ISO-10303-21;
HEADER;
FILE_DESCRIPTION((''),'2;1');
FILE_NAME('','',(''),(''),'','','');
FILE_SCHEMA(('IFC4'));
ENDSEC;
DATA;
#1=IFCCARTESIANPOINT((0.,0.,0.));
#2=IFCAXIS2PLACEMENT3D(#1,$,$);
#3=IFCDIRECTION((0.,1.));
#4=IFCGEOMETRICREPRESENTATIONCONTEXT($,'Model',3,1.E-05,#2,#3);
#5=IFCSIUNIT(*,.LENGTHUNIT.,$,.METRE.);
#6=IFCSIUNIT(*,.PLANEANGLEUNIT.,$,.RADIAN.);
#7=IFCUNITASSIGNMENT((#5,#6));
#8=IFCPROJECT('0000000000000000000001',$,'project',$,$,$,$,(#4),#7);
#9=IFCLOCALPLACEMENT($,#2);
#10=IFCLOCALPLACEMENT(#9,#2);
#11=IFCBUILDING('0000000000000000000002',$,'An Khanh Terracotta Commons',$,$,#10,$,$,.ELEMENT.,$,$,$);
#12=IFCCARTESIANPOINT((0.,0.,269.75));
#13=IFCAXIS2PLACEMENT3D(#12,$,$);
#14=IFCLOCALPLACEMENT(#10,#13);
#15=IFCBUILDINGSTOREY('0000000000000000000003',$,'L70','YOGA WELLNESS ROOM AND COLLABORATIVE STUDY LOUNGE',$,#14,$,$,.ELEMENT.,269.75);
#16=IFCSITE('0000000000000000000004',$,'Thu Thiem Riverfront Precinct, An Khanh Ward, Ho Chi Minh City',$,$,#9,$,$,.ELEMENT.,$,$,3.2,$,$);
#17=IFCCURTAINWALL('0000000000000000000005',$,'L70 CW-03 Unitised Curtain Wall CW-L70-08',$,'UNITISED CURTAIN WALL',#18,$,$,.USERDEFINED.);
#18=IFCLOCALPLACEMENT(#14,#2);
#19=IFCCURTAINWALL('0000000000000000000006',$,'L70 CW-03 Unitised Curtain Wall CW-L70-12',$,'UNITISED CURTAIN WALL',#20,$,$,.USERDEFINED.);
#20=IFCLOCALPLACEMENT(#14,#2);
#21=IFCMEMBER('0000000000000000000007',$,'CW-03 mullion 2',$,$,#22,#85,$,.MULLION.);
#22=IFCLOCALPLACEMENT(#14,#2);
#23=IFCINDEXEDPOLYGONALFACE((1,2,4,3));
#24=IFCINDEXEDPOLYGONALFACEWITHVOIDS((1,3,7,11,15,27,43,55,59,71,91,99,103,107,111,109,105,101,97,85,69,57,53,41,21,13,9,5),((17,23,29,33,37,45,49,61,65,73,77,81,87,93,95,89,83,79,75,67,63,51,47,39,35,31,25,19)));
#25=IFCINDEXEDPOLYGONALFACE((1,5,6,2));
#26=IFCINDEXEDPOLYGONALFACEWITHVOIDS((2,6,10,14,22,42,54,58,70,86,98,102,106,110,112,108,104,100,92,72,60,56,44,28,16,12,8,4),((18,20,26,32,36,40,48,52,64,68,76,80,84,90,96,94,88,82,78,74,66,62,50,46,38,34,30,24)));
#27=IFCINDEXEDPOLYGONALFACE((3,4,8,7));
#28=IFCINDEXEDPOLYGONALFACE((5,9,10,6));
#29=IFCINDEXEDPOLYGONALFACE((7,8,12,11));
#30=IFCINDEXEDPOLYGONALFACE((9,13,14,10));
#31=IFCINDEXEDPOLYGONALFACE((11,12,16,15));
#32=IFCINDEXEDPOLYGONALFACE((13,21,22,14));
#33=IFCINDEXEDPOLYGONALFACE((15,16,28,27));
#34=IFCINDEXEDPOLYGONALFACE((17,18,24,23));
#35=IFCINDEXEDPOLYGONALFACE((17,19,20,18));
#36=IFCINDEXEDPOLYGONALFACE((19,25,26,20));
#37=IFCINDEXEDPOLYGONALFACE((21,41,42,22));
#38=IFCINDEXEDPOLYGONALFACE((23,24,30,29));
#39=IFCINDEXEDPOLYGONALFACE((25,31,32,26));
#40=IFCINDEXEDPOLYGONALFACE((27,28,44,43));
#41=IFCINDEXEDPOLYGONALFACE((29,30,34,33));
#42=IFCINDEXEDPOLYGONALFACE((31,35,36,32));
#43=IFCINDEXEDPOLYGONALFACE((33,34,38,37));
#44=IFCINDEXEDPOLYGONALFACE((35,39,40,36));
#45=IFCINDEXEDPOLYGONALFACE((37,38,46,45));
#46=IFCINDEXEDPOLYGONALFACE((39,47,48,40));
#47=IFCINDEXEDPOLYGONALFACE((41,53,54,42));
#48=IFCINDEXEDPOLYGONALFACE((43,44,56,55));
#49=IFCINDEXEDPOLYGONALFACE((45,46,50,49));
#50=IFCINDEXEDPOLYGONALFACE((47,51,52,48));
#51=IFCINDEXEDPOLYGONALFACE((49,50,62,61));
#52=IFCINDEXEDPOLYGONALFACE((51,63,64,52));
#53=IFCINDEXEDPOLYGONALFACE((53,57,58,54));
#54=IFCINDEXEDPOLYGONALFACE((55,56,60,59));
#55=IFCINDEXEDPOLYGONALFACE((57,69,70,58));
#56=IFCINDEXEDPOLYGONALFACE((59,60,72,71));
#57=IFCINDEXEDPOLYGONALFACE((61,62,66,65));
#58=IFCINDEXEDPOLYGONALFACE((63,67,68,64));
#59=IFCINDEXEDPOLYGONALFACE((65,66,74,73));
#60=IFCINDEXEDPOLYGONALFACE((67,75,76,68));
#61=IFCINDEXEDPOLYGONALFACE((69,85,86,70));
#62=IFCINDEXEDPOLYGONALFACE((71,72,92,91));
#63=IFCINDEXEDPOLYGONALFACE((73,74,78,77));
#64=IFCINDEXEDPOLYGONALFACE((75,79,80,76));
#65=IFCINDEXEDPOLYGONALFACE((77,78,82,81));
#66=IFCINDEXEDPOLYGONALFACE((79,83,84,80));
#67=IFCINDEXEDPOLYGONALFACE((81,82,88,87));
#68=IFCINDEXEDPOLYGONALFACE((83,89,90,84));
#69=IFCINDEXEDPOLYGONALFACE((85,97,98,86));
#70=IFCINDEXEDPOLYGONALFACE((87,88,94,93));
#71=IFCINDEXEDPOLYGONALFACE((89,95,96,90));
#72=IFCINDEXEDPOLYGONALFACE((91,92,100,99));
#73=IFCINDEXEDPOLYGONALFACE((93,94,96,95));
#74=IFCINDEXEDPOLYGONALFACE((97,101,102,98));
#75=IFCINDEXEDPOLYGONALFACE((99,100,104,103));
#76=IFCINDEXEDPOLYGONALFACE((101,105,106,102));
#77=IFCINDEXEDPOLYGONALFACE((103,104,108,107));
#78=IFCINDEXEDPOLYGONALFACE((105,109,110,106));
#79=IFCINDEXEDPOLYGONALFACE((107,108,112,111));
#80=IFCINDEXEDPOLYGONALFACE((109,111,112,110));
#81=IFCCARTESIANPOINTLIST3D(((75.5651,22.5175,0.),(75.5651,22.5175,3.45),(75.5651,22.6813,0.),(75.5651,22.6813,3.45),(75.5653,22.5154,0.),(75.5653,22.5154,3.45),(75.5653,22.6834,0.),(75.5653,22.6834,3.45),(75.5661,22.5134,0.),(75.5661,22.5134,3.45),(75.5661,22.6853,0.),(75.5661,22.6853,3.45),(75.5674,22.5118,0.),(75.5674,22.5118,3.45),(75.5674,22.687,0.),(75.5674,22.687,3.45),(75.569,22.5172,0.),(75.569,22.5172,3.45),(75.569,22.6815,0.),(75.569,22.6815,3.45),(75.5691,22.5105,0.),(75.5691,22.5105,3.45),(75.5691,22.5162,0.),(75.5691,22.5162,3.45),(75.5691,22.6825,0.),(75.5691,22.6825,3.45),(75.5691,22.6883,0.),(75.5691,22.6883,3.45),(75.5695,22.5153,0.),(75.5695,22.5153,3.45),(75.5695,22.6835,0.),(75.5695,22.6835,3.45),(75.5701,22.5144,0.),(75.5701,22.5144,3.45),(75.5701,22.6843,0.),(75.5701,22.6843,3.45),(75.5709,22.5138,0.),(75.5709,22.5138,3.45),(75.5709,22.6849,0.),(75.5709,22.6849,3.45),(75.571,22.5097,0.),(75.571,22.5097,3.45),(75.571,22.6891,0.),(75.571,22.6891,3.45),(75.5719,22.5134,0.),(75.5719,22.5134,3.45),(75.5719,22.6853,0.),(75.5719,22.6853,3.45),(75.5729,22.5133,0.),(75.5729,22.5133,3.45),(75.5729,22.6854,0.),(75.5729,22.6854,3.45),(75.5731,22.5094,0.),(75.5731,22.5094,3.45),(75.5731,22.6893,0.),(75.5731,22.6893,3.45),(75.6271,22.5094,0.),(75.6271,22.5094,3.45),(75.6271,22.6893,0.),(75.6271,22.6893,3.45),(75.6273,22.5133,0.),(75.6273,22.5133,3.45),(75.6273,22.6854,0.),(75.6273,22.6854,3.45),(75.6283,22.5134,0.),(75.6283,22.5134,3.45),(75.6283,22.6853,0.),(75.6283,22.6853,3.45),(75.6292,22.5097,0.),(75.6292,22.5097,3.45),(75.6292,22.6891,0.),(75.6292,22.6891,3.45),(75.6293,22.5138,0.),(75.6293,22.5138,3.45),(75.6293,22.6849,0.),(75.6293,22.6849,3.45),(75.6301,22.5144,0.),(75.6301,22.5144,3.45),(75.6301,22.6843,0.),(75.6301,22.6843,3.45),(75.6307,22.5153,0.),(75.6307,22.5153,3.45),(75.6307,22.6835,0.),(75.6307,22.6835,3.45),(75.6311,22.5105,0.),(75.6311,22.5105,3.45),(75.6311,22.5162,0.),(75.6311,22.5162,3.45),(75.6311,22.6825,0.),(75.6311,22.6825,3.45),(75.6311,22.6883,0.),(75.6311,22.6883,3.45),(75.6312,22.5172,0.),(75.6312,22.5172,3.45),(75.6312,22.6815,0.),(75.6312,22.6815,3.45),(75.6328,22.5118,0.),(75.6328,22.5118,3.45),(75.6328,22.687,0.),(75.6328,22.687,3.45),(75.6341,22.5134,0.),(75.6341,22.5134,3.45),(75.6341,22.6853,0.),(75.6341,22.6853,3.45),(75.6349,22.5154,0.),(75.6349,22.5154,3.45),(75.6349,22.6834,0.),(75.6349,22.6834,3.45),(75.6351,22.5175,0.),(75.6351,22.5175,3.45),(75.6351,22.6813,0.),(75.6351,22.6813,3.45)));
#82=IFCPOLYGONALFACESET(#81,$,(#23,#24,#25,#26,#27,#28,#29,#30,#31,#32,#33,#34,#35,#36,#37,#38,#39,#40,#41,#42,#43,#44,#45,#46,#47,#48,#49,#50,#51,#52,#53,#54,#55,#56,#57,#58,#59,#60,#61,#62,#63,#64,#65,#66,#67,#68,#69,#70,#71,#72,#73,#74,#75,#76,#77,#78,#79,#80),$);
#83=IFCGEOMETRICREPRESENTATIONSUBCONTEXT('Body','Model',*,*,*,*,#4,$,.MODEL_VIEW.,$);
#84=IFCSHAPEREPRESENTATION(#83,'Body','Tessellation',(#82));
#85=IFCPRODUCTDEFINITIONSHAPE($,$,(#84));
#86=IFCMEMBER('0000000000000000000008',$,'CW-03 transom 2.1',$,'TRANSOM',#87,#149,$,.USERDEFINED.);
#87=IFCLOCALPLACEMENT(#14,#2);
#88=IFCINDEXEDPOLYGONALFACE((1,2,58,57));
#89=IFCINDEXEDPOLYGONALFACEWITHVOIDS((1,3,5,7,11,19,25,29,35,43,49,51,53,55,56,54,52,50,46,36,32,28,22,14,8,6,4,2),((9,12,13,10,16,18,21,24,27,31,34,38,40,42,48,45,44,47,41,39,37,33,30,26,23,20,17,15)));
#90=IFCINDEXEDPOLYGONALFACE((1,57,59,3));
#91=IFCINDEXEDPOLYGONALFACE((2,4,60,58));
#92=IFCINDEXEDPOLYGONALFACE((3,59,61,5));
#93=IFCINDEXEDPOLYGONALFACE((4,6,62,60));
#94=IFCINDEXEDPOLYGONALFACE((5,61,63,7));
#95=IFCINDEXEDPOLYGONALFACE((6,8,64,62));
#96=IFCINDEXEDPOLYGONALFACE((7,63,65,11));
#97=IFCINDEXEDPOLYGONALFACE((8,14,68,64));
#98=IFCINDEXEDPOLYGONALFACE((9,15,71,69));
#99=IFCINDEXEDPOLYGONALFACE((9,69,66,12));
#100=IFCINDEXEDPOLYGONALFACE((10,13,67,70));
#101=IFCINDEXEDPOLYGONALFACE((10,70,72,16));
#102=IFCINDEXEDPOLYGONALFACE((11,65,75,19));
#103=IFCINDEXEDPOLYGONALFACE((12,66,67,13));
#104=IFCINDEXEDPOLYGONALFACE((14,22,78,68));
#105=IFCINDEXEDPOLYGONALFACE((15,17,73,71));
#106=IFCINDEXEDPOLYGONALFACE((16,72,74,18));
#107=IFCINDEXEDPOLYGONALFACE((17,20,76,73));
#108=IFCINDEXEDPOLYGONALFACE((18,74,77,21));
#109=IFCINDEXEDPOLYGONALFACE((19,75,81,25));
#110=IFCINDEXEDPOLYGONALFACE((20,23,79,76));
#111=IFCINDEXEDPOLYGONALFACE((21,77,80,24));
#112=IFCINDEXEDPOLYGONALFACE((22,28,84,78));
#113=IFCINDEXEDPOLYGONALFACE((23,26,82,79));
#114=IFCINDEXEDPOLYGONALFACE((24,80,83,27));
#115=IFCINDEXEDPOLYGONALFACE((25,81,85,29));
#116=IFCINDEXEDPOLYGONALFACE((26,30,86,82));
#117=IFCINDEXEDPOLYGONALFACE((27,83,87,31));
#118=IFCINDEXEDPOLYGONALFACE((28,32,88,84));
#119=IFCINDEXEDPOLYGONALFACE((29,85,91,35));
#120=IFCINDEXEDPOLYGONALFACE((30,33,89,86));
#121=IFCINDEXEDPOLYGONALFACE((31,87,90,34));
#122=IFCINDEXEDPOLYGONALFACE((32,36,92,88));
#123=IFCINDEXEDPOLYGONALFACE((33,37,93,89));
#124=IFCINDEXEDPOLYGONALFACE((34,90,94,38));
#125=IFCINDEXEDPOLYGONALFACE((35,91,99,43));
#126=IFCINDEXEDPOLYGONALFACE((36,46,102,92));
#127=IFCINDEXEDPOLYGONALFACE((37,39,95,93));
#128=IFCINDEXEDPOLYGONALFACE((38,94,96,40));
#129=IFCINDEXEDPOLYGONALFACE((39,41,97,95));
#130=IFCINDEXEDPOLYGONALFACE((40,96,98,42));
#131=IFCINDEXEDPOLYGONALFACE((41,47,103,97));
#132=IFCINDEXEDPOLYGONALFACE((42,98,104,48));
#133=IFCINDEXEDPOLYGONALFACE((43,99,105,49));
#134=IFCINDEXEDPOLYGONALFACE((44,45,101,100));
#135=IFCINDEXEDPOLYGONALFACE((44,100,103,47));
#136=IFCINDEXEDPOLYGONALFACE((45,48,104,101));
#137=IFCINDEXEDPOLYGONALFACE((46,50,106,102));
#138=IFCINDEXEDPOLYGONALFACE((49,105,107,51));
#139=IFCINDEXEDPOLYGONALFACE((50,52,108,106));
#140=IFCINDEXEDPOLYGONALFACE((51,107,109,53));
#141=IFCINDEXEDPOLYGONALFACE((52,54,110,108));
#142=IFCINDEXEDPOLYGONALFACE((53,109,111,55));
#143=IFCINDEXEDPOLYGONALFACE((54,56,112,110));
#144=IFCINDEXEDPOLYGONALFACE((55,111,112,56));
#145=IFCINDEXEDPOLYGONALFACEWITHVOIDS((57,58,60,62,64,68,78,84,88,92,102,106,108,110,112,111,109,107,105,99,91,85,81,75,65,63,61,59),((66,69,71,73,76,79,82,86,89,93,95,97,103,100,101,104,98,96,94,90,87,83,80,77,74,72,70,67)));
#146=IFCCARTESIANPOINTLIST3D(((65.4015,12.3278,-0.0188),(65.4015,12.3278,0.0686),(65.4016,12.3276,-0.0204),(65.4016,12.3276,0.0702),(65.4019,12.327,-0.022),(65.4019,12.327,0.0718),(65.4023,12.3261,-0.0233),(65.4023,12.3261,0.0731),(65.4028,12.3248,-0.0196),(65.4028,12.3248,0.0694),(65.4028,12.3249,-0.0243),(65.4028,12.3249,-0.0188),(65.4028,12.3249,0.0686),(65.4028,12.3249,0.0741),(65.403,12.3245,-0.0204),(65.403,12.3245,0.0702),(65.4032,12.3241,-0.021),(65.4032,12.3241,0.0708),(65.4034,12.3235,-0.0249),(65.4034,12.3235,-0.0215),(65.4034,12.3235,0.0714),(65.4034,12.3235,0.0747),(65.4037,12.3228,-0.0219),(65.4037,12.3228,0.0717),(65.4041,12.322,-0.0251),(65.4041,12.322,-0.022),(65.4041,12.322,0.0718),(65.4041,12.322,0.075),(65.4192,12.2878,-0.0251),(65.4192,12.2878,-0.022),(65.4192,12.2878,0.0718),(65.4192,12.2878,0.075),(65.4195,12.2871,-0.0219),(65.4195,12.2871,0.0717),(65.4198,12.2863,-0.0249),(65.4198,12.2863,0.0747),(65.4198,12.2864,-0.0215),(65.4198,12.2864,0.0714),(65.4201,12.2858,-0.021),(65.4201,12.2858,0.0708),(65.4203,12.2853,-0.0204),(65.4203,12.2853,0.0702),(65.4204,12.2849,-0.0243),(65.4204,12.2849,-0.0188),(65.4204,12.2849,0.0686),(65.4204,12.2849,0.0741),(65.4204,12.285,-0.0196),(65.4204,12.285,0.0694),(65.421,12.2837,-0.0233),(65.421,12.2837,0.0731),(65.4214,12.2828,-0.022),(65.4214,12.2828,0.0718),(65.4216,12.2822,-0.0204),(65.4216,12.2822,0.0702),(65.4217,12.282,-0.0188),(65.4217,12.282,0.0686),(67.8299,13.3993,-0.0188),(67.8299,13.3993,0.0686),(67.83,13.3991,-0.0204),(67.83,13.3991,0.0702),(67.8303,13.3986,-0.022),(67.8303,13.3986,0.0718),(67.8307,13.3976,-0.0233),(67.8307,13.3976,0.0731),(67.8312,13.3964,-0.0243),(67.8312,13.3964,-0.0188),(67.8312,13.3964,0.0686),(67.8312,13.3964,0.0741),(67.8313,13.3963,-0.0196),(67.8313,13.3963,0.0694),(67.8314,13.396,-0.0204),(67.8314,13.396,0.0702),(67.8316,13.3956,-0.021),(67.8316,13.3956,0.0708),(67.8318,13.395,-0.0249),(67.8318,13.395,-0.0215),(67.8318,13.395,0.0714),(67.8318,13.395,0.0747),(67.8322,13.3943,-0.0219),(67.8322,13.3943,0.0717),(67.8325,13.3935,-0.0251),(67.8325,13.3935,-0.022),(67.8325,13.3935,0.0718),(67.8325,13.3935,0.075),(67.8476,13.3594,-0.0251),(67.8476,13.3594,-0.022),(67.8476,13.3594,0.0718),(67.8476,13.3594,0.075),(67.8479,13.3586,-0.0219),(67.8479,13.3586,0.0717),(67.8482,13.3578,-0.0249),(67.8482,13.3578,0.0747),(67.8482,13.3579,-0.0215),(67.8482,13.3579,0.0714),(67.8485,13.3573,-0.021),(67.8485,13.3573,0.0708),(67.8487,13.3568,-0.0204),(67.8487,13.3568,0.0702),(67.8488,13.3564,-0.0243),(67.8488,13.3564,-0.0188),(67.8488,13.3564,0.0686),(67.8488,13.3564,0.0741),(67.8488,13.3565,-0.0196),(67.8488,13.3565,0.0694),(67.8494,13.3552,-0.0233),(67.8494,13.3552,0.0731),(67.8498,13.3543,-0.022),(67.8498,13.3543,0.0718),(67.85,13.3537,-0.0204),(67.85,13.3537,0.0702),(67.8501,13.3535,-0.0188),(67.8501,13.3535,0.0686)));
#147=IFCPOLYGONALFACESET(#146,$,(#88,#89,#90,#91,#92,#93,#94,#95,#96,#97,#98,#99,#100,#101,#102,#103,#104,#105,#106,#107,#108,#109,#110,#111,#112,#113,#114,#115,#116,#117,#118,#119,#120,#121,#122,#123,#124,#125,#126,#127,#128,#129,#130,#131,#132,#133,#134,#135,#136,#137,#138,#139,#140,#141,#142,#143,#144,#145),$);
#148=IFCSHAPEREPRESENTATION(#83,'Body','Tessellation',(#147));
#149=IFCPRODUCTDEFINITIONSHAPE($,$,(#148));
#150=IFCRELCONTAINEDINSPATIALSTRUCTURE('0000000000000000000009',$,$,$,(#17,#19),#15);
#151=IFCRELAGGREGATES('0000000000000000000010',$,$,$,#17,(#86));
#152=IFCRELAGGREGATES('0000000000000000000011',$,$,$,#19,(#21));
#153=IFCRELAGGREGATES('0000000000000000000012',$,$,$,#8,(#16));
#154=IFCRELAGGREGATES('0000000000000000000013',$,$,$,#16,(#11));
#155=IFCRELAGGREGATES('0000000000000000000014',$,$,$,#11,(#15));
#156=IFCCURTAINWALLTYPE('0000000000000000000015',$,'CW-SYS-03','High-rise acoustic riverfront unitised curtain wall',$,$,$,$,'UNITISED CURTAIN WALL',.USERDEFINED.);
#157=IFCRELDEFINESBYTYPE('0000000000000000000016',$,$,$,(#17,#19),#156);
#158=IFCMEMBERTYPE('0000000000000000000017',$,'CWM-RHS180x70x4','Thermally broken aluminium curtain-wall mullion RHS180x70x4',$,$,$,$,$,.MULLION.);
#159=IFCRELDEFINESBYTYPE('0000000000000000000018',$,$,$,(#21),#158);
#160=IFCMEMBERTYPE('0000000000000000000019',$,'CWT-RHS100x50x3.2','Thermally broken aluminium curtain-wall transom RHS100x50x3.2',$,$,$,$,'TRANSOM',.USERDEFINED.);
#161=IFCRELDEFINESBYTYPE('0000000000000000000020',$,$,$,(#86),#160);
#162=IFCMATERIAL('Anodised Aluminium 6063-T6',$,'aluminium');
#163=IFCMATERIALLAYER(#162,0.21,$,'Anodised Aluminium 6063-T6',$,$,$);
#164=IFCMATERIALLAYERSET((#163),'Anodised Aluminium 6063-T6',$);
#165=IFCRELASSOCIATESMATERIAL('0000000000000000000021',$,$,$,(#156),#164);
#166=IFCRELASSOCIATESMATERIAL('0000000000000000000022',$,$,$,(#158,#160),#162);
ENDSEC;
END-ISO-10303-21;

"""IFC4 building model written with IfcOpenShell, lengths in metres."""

from ifc_helpers import new_model, si_unit, direction, frame, origin, origin_2d, place, context, subcontext, project, spatial, hollow_rectangle, extrude, material, layer, layer_set, material_profile, profile_set, type_object, element, aggregate, save


model = new_model("IFC4")

# Units and contexts
model_context = context("Model", 3, precision=1e-05, world=origin(), true_north=direction((0.0, 1.0)))
body_context = subcontext(model_context, "Body", "Model", "MODEL_VIEW")
ifc_project = project(units=[si_unit("LENGTHUNIT", "METRE"), si_unit("PLANEANGLEUNIT", "RADIAN")], contexts=[model_context])

# Site, building, storey
site_placement = place(None, origin())
site = spatial("IfcSite", under=ifc_project, at=site_placement, Name="Thu Thiem Riverfront Precinct, An Khanh Ward, Ho Chi Minh City", CompositionType="ELEMENT", RefElevation=3.2)
building_placement = place(site_placement, origin())
building = spatial("IfcBuilding", under=site, at=building_placement, Name="An Khanh Terracotta Commons", CompositionType="ELEMENT")
storey_placement = place(building_placement, frame((0.0, 0.0, 269.75)))
storey = spatial("IfcBuildingStorey", under=building, at=storey_placement, Name="L70", Description="YOGA WELLNESS ROOM AND COLLABORATIVE STUDY LOUNGE", CompositionType="ELEMENT", Elevation=269.75)

# Curtain walls, member
ifc_material_1 = material(Name="Anodised Aluminium 6063-T6", Category="aluminium")
ifc_layer_1 = layer(ifc_material_1, 0.21, Name="Anodised Aluminium 6063-T6")
ifc_layer_set_1 = layer_set([ifc_layer_1], Name="Anodised Aluminium 6063-T6")
curtain_wall_type = type_object("IfcCurtainWallType", Name="CW-SYS-03", Description="High-rise acoustic riverfront unitised curtain wall", ElementType="UNITISED CURTAIN WALL", PredefinedType="USERDEFINED", material=ifc_layer_set_1)
curtain_wall_1_placement = place(storey_placement, origin())
curtain_wall_1 = element("IfcCurtainWall", 1, at=curtain_wall_1_placement, inside=storey, type_object=curtain_wall_type, Name="L70 CW-03 Unitised Curtain Wall CW-L70-08", ObjectType="UNITISED CURTAIN WALL", PredefinedType="USERDEFINED")
ifc_material_profile_1 = material_profile(ifc_material_1, hollow_rectangle(XDim=0.0701, YDim=0.1799, WallThickness=0.0039, InnerFilletRadius=0.0039, OuterFilletRadius=0.0081, at=origin_2d()), Name="RHS180x70x4")
ifc_profile_set_1 = profile_set([ifc_material_profile_1], Name="Anodised Aluminium 6063-T6")
member_type_1 = type_object("IfcMemberType", Name="CWM-RHS180x70x4", Description="Thermally broken aluminium curtain-wall mullion RHS180x70x4", PredefinedType="MULLION", material=ifc_profile_set_1)
curtain_wall_2_placement = place(storey_placement, origin())
curtain_wall_2 = element("IfcCurtainWall", 2, at=curtain_wall_2_placement, inside=storey, type_object=curtain_wall_type, Name="L70 CW-03 Unitised Curtain Wall CW-L70-12", ObjectType="UNITISED CURTAIN WALL", PredefinedType="USERDEFINED")
member_1_placement = place(storey_placement, frame((75.6001, 22.5994, 0.0), z_axis=(0.0, 0.0, 1.0), x_axis=(-1.0, 0.0, 0.0)))
member_1 = element("IfcMember", 3, at=member_1_placement, type_object=member_type_1, Name="CW-03 mullion 2", PredefinedType="MULLION", context=body_context, shape_type="SweptSolid", body=[
    extrude(hollow_rectangle(XDim=0.0701, YDim=0.1799, WallThickness=0.0039, InnerFilletRadius=0.0039, OuterFilletRadius=0.0081, at=origin_2d()), origin(), (0.0, 0.0, 1.0), 3.45),
])

# Member
ifc_material_profile_2 = material_profile(ifc_material_1, hollow_rectangle(XDim=0.05, YDim=0.1001, WallThickness=0.0032, InnerFilletRadius=0.0032, OuterFilletRadius=0.0063, at=origin_2d()), Name="RHS100x50x3.2")
ifc_profile_set_2 = profile_set([ifc_material_profile_2], Name="Anodised Aluminium 6063-T6")
member_type_2 = type_object("IfcMemberType", Name="CWT-RHS100x50x3.2", Description="Thermally broken aluminium curtain-wall transom RHS100x50x3.2", ElementType="TRANSOM", PredefinedType="USERDEFINED", material=ifc_profile_set_2)
member_2_placement = place(storey_placement, frame((65.4116, 12.3049, 0.0249), z_axis=(0.914897, 0.403688, 0.0), x_axis=(-0.403688, 0.914897, 0.0)))
member_2 = element("IfcMember", 4, at=member_2_placement, type_object=member_type_2, Name="CW-03 transom 2.1", ObjectType="TRANSOM", PredefinedType="USERDEFINED", context=body_context, shape_type="SweptSolid", body=[
    extrude(hollow_rectangle(XDim=0.05, YDim=0.1001, WallThickness=0.0032, InnerFilletRadius=0.0032, OuterFilletRadius=0.0063, at=origin_2d()), origin(), (0.0, 0.0, 1.0), 2.6543),
])

aggregate(curtain_wall_1, [member_2])
aggregate(curtain_wall_2, [member_1])

save(model, "model.ifc")
